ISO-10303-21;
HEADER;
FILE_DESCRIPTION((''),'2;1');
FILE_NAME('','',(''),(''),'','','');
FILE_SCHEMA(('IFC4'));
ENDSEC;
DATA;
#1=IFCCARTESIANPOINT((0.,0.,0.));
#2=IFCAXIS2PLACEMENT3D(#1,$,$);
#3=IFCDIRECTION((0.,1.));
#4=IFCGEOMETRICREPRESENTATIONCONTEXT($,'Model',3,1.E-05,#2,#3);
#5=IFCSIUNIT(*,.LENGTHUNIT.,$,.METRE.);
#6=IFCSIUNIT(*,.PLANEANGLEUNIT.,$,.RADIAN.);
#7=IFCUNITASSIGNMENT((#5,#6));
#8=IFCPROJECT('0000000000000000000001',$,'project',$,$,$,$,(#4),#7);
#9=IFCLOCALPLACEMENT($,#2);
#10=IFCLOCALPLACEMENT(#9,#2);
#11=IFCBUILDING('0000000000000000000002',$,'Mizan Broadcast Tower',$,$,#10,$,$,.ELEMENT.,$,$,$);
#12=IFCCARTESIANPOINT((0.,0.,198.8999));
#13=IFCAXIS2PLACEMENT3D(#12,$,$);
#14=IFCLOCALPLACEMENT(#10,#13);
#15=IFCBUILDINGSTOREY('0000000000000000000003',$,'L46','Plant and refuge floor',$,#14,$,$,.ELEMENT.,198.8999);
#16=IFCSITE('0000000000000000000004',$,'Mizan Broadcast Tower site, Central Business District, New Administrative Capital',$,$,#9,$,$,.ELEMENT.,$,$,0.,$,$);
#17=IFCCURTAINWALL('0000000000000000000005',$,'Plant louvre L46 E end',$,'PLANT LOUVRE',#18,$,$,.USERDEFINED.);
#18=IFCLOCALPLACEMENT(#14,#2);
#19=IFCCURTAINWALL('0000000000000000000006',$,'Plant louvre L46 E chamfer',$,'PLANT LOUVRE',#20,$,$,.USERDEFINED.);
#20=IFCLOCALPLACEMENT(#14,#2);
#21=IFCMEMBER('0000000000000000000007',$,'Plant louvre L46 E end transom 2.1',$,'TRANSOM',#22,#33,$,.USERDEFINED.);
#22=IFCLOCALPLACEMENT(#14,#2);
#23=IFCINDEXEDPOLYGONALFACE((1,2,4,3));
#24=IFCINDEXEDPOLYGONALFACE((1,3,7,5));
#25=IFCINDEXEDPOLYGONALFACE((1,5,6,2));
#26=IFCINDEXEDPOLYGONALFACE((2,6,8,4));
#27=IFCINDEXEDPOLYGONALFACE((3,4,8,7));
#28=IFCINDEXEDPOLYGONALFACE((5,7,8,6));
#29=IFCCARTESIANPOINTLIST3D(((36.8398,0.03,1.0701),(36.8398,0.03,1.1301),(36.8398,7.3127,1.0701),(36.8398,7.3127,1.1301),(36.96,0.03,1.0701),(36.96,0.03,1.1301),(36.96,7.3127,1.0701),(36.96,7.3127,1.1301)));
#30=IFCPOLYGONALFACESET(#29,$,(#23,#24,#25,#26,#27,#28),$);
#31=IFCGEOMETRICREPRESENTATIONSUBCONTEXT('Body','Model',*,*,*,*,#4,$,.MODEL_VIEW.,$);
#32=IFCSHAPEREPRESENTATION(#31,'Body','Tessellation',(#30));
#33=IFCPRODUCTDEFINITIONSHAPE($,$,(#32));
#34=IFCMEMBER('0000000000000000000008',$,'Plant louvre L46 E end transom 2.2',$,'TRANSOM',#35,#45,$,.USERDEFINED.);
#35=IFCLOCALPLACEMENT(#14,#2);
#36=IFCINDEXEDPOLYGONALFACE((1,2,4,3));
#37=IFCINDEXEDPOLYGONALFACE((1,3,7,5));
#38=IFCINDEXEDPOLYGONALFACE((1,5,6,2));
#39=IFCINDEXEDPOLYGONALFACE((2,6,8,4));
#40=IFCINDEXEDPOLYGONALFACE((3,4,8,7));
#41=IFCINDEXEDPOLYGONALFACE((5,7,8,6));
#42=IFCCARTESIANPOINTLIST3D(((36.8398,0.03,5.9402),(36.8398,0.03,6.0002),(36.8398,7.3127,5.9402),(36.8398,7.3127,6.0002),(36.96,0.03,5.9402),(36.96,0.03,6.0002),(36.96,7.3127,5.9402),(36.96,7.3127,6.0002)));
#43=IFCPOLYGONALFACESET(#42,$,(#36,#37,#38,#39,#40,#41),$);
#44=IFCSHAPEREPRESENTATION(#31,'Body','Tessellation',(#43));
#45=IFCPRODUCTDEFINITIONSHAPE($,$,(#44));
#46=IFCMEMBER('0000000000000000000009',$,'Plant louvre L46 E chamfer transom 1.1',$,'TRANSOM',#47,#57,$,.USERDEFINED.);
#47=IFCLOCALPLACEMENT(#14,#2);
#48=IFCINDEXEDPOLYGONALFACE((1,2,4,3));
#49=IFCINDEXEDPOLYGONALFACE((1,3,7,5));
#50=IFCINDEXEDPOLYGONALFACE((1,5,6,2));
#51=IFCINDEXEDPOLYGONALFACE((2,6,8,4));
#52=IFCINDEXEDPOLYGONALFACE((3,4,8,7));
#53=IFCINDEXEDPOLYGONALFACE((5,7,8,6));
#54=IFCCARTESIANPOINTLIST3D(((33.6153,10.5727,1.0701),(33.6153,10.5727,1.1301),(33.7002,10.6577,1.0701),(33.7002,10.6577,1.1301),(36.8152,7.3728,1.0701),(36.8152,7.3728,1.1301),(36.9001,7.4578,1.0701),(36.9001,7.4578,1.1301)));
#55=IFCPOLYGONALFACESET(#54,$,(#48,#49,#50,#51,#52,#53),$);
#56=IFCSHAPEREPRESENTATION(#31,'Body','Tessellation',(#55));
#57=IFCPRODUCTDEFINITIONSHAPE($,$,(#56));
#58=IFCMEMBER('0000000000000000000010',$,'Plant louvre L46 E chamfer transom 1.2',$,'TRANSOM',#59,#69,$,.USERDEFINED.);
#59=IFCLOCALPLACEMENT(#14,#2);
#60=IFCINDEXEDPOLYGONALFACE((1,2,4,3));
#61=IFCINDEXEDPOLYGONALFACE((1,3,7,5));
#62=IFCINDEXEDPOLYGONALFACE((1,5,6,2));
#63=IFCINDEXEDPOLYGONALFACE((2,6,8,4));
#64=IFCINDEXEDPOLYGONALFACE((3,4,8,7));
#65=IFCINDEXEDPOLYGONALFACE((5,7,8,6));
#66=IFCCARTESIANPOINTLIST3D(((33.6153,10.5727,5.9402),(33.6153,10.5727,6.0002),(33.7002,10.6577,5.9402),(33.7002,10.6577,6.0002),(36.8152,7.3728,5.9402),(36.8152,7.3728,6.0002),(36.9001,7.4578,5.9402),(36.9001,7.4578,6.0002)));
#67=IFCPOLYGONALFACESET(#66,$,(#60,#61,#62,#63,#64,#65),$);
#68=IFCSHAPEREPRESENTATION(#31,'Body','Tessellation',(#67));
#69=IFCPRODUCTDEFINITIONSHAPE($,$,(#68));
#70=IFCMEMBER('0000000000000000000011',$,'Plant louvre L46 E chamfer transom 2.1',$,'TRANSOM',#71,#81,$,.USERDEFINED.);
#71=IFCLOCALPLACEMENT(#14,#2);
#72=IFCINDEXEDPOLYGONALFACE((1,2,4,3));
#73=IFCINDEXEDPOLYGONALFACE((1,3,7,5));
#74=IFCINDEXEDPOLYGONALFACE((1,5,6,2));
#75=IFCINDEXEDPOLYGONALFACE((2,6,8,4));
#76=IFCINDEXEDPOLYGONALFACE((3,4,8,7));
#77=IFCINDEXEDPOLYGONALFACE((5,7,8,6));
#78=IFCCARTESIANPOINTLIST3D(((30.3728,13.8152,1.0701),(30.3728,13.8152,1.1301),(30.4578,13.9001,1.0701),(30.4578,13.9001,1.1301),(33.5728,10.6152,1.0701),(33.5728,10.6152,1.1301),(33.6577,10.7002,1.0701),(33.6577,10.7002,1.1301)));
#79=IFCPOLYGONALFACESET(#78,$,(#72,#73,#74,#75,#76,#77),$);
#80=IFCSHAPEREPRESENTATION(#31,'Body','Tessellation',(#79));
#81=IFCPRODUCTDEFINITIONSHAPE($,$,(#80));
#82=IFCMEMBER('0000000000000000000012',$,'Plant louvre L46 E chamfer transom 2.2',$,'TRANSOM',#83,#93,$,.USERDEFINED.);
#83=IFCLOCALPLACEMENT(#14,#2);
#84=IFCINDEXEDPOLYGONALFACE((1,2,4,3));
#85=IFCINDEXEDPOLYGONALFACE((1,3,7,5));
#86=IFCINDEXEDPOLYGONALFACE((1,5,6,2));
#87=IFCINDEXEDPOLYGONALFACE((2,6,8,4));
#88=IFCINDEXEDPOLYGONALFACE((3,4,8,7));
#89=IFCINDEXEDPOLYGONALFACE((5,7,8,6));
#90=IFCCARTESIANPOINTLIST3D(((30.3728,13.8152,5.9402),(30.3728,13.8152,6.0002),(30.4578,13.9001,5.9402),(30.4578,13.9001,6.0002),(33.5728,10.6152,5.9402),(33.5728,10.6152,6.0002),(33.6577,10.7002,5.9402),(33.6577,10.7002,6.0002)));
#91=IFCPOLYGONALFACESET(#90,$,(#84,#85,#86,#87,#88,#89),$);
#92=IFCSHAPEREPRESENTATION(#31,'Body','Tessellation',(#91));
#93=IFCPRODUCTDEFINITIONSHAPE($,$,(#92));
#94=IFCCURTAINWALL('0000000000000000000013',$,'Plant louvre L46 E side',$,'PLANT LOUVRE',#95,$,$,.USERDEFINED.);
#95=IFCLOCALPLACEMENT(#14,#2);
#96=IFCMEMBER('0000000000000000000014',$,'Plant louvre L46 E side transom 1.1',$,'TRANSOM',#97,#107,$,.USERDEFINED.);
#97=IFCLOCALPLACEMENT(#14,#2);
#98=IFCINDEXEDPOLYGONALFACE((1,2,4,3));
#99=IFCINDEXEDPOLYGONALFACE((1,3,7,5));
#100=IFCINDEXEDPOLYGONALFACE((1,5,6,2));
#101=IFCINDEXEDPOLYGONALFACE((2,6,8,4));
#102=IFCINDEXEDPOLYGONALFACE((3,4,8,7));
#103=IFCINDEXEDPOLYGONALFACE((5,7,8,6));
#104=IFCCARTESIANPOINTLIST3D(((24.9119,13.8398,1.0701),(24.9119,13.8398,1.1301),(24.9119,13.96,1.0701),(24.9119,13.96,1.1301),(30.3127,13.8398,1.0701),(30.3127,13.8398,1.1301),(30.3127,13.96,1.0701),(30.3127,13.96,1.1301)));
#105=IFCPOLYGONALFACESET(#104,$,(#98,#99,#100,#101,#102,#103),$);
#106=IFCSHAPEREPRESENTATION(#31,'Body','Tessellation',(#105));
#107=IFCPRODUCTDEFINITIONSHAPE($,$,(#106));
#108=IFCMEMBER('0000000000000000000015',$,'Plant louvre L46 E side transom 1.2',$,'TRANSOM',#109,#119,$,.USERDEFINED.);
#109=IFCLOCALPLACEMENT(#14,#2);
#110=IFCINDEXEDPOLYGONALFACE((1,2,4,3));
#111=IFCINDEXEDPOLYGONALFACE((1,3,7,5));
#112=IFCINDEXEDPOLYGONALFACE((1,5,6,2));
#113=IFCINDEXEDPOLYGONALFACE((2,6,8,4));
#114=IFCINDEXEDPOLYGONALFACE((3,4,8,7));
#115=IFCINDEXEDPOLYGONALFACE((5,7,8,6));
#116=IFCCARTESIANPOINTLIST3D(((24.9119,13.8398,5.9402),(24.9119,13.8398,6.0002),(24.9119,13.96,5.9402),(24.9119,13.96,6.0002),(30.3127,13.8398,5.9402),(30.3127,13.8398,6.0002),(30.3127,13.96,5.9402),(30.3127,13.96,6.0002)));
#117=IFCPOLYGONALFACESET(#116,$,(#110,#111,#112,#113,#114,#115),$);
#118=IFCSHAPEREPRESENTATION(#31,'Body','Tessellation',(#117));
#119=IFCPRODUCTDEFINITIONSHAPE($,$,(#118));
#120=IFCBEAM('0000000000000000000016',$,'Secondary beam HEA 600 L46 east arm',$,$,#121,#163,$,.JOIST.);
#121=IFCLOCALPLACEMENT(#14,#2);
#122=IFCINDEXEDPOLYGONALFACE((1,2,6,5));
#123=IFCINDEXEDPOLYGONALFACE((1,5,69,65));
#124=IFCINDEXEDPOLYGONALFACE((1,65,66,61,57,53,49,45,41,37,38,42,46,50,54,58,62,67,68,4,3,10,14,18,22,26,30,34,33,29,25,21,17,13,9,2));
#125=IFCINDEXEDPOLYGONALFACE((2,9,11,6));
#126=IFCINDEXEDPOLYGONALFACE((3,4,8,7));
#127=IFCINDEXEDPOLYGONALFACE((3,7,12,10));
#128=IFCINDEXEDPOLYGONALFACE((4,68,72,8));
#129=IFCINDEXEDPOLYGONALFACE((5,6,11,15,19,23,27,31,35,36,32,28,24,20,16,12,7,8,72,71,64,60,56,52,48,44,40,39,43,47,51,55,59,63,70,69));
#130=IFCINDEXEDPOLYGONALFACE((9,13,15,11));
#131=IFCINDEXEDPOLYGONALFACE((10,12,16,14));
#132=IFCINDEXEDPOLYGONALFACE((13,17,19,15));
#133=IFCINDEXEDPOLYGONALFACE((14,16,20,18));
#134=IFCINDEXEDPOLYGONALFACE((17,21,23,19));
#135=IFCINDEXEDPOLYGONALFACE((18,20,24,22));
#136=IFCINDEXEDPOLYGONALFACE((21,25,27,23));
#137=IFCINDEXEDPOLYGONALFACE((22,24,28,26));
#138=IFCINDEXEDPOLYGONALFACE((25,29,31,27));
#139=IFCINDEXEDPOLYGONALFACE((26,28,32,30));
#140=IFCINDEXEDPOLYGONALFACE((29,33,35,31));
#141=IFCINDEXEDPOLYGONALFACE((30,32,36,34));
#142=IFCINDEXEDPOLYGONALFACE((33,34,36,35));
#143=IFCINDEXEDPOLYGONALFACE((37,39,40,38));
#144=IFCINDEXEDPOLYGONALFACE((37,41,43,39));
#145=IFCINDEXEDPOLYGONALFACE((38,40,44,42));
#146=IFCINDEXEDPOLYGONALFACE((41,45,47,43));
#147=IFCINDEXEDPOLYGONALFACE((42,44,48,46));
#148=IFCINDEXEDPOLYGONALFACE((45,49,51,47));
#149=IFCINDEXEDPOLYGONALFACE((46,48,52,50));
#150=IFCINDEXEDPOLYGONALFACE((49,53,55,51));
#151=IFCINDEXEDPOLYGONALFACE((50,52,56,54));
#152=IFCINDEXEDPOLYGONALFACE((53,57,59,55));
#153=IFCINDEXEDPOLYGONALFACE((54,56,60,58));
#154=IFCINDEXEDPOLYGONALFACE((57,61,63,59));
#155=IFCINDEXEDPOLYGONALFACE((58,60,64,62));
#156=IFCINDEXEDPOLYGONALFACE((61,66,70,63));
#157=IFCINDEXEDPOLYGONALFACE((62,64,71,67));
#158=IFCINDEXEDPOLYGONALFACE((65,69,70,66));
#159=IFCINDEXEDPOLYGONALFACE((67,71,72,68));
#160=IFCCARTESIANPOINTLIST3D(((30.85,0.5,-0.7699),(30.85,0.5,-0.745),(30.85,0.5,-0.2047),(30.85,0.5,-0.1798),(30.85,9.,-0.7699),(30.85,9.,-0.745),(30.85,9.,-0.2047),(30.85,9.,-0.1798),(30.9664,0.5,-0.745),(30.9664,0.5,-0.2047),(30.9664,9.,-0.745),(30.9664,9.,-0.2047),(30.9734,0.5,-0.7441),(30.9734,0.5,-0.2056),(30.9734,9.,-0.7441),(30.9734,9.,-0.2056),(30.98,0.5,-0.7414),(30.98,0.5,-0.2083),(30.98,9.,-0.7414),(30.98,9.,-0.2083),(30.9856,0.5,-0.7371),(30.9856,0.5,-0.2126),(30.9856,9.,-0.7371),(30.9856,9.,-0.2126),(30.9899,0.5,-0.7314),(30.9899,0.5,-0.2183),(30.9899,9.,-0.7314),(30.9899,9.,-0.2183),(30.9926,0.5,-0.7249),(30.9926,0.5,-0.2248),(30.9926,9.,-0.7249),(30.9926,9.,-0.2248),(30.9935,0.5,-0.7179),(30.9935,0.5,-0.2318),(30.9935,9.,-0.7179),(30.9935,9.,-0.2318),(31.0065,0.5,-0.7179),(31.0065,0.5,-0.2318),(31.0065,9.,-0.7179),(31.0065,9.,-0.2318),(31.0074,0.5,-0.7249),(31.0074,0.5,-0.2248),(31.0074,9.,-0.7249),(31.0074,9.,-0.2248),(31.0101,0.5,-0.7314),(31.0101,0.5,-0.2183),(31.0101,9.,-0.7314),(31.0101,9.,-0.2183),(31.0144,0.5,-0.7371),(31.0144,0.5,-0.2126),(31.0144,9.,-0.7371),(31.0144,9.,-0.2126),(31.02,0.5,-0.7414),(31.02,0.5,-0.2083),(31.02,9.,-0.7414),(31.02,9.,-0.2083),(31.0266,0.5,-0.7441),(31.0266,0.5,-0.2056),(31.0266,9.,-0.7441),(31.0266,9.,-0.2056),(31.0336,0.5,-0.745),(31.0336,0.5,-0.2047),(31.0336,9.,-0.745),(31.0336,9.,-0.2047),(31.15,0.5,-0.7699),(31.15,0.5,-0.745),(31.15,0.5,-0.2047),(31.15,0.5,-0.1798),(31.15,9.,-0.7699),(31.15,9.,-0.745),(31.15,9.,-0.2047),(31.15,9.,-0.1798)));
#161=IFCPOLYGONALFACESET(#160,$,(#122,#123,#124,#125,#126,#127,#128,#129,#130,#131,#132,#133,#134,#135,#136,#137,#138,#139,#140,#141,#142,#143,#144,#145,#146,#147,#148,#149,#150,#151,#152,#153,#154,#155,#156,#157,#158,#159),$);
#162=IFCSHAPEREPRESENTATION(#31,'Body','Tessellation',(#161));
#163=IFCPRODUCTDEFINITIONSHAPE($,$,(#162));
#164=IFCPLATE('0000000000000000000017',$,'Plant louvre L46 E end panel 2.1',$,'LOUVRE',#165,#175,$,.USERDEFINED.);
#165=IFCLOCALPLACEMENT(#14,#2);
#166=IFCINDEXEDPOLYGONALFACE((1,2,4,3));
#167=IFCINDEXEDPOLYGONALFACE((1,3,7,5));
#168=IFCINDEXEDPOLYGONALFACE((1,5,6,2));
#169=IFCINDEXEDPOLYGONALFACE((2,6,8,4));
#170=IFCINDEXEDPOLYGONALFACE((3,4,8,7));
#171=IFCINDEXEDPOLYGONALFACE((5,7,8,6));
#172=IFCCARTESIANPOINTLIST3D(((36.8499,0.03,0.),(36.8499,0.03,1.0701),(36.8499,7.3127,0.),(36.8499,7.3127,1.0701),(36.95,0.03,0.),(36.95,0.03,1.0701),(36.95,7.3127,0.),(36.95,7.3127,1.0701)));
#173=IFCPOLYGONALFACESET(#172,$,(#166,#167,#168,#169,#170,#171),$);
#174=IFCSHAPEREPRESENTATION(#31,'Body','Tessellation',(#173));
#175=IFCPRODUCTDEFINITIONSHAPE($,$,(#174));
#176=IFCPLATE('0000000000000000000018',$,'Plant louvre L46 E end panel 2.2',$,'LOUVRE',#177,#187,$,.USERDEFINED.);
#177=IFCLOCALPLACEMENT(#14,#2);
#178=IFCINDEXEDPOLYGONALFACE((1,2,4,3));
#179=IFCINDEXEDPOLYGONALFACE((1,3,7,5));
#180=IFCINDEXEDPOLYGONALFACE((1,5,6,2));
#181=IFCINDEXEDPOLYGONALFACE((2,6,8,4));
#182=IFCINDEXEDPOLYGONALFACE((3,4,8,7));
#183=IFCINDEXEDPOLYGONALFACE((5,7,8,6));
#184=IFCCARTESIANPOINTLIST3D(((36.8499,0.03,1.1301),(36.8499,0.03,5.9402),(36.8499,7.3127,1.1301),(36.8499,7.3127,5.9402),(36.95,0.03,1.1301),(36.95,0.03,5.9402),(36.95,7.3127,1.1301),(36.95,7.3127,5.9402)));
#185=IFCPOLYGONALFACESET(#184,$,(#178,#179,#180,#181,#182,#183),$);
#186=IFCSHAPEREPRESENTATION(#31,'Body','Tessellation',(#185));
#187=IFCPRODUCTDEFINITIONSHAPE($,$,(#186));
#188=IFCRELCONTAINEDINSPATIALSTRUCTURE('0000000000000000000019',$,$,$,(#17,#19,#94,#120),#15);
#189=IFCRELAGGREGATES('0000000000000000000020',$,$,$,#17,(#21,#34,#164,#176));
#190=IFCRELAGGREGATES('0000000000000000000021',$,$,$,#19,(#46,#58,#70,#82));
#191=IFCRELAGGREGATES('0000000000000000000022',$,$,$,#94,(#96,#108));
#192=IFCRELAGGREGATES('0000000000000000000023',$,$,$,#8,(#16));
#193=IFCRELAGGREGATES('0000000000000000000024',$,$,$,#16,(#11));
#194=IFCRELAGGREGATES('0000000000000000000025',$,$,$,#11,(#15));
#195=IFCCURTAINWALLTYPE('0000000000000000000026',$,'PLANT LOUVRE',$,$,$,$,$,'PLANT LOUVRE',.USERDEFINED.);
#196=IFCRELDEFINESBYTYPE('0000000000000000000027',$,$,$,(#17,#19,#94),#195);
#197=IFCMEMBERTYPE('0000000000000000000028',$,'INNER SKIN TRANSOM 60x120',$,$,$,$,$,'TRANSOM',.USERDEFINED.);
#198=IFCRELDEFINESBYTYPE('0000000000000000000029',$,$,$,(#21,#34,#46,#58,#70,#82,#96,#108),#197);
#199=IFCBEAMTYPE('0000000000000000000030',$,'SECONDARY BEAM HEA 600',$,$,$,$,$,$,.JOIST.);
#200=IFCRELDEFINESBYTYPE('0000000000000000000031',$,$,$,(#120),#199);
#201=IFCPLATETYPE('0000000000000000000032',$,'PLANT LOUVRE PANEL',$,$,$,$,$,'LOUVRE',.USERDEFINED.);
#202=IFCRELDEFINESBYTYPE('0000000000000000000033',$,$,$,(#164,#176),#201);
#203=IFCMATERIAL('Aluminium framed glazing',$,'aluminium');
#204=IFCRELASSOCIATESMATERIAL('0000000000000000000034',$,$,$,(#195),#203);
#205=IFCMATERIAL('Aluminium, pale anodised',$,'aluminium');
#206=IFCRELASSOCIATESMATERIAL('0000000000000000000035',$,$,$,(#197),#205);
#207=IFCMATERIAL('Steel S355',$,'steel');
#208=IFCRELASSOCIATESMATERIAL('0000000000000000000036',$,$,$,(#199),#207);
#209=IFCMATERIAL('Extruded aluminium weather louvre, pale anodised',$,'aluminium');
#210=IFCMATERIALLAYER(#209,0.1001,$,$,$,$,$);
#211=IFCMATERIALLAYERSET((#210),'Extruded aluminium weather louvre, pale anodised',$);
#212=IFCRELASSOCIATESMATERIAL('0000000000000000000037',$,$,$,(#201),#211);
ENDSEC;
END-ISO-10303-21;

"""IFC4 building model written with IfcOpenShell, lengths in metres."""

from ifc_helpers import new_model, si_unit, direction, frame, origin, origin_2d, place, context, subcontext, project, spatial, rectangle, i_section, extrude, material, layer, layer_set, material_profile, profile_set, type_object, element, aggregate, save


model = new_model("IFC4")

# Units and contexts
model_context = context("Model", 3, precision=1e-05, world=origin(), true_north=direction((0.0, 1.0)))
body_context = subcontext(model_context, "Body", "Model", "MODEL_VIEW")
ifc_project = project(units=[si_unit("LENGTHUNIT", "METRE"), si_unit("PLANEANGLEUNIT", "RADIAN")], contexts=[model_context])

# Site, building, storey
site_placement = place(None, origin())
site = spatial("IfcSite", under=ifc_project, at=site_placement, Name="Mizan Broadcast Tower site, Central Business District, New Administrative Capital", CompositionType="ELEMENT", RefElevation=0.0)
building_placement = place(site_placement, origin())
building = spatial("IfcBuilding", under=site, at=building_placement, Name="Mizan Broadcast Tower", CompositionType="ELEMENT")
storey_placement = place(building_placement, frame((0.0, 0.0, 198.8999)))
storey = spatial("IfcBuildingStorey", under=building, at=storey_placement, Name="L46", Description="Plant and refuge floor", CompositionType="ELEMENT", Elevation=198.8999)

# Curtain walls
ifc_material_1 = material(Name="Aluminium framed glazing", Category="aluminium")
curtain_wall_type = type_object("IfcCurtainWallType", Name="PLANT LOUVRE", ElementType="PLANT LOUVRE", PredefinedType="USERDEFINED", material=ifc_material_1)
curtain_wall_1_placement = place(storey_placement, origin())
curtain_wall_1 = element("IfcCurtainWall", 1, at=curtain_wall_1_placement, inside=storey, type_object=curtain_wall_type, Name="Plant louvre L46 E end", ObjectType="PLANT LOUVRE", PredefinedType="USERDEFINED")
curtain_wall_2_placement = place(storey_placement, origin())
curtain_wall_2 = element("IfcCurtainWall", 2, at=curtain_wall_2_placement, inside=storey, type_object=curtain_wall_type, Name="Plant louvre L46 E chamfer", ObjectType="PLANT LOUVRE", PredefinedType="USERDEFINED")

# Members
ifc_material_2 = material(Name="Aluminium, pale anodised", Category="aluminium")
ifc_material_profile_1 = material_profile(ifc_material_2, rectangle(XDim=0.1201, YDim=0.0601, at=origin_2d()), Name="TRANSOM 120x60")
ifc_profile_set_1 = profile_set([ifc_material_profile_1], Name="Aluminium, pale anodised")
member_type_1 = type_object("IfcMemberType", Name="INNER SKIN TRANSOM 60x120", ElementType="TRANSOM", PredefinedType="USERDEFINED", material=ifc_profile_set_1)
member_1_placement = place(storey_placement, frame((36.8999, 0.03, 1.1001), z_axis=(0.0, 1.0, 0.0), x_axis=(-1.0, 0.0, 0.0)))
member_1 = element("IfcMember", 3, at=member_1_placement, type_object=member_type_1, Name="Plant louvre L46 E end transom 2.1", ObjectType="TRANSOM", PredefinedType="USERDEFINED", context=body_context, shape_type="SweptSolid", body=[
    extrude(rectangle(XDim=0.1201, YDim=0.0601, at=origin_2d()), origin(), (0.0, 0.0, 1.0), 7.2827),
])
member_2_placement = place(storey_placement, frame((36.8999, 0.03, 5.9702), z_axis=(0.0, 1.0, 0.0), x_axis=(-1.0, 0.0, 0.0)))
member_2 = element("IfcMember", 4, at=member_2_placement, type_object=member_type_1, Name="Plant louvre L46 E end transom 2.2", ObjectType="TRANSOM", PredefinedType="USERDEFINED", context=body_context, shape_type="SweptSolid", body=[
    extrude(rectangle(XDim=0.1201, YDim=0.0601, at=origin_2d()), origin(), (0.0, 0.0, 1.0), 7.2827),
])
member_3_placement = place(storey_placement, frame((36.8577, 7.4153, 1.1001), z_axis=(-0.707107, 0.707107, 0.0), x_axis=(-0.707107, -0.707107, 0.0)))
member_3 = element("IfcMember", 5, at=member_3_placement, type_object=member_type_1, Name="Plant louvre L46 E chamfer transom 1.1", ObjectType="TRANSOM", PredefinedType="USERDEFINED", context=body_context, shape_type="SweptSolid", body=[
    extrude(rectangle(XDim=0.1201, YDim=0.0601, at=origin_2d()), origin(), (0.0, 0.0, 1.0), 4.5254),
])
member_4_placement = place(storey_placement, frame((36.8577, 7.4153, 5.9702), z_axis=(-0.707107, 0.707107, 0.0), x_axis=(-0.707107, -0.707107, 0.0)))
member_4 = element("IfcMember", 6, at=member_4_placement, type_object=member_type_1, Name="Plant louvre L46 E chamfer transom 1.2", ObjectType="TRANSOM", PredefinedType="USERDEFINED", context=body_context, shape_type="SweptSolid", body=[
    extrude(rectangle(XDim=0.1201, YDim=0.0601, at=origin_2d()), origin(), (0.0, 0.0, 1.0), 4.5254),
])
member_5_placement = place(storey_placement, frame((33.6152, 10.6577, 1.1001), z_axis=(-0.707107, 0.707107, 0.0), x_axis=(-0.707107, -0.707107, 0.0)))
member_5 = element("IfcMember", 7, at=member_5_placement, type_object=member_type_1, Name="Plant louvre L46 E chamfer transom 2.1", ObjectType="TRANSOM", PredefinedType="USERDEFINED", context=body_context, shape_type="SweptSolid", body=[
    extrude(rectangle(XDim=0.1201, YDim=0.0601, at=origin_2d()), origin(), (0.0, 0.0, 1.0), 4.5254),
])
member_6_placement = place(storey_placement, frame((33.6152, 10.6577, 5.9702), z_axis=(-0.707107, 0.707107, 0.0), x_axis=(-0.707107, -0.707107, 0.0)))
member_6 = element("IfcMember", 8, at=member_6_placement, type_object=member_type_1, Name="Plant louvre L46 E chamfer transom 2.2", ObjectType="TRANSOM", PredefinedType="USERDEFINED", context=body_context, shape_type="SweptSolid", body=[
    extrude(rectangle(XDim=0.1201, YDim=0.0601, at=origin_2d()), origin(), (0.0, 0.0, 1.0), 4.5254),
])

# Curtain wall, members
curtain_wall_3_placement = place(storey_placement, origin())
curtain_wall_3 = element("IfcCurtainWall", 9, at=curtain_wall_3_placement, inside=storey, type_object=curtain_wall_type, Name="Plant louvre L46 E side", ObjectType="PLANT LOUVRE", PredefinedType="USERDEFINED")
member_7_placement = place(storey_placement, frame((30.3127, 13.8999, 1.1001), z_axis=(-1.0, 0.0, 0.0), x_axis=(0.0, -1.0, 0.0)))
member_7 = element("IfcMember", 10, at=member_7_placement, type_object=member_type_1, Name="Plant louvre L46 E side transom 1.1", ObjectType="TRANSOM", PredefinedType="USERDEFINED", context=body_context, shape_type="SweptSolid", body=[
    extrude(rectangle(XDim=0.1201, YDim=0.0601, at=origin_2d()), origin(), (0.0, 0.0, 1.0), 5.4009),
])
member_8_placement = place(storey_placement, frame((30.3127, 13.8999, 5.9702), z_axis=(-1.0, 0.0, 0.0), x_axis=(0.0, -1.0, 0.0)))
member_8 = element("IfcMember", 11, at=member_8_placement, type_object=member_type_1, Name="Plant louvre L46 E side transom 1.2", ObjectType="TRANSOM", PredefinedType="USERDEFINED", context=body_context, shape_type="SweptSolid", body=[
    extrude(rectangle(XDim=0.1201, YDim=0.0601, at=origin_2d()), origin(), (0.0, 0.0, 1.0), 5.4009),
])

# Beam
ifc_material_3 = material(Name="Steel S355", Category="steel")
ifc_material_profile_2 = material_profile(ifc_material_3, i_section(OverallWidth=0.3, OverallDepth=0.5901, WebThickness=0.0129, FlangeThickness=0.0249, FilletRadius=0.0271, at=origin_2d()), Name="HEA 600")
ifc_profile_set_2 = profile_set([ifc_material_profile_2], Name="Steel S355")
beam_type_1 = type_object("IfcBeamType", Name="SECONDARY BEAM HEA 600", PredefinedType="JOIST", material=ifc_profile_set_2)
beam_1_placement = place(storey_placement, frame((31.0, 9.0, -0.4749), z_axis=(0.0, -1.0, 0.0), x_axis=(1.0, 0.0, 0.0)))
element("IfcBeam", 12, at=beam_1_placement, inside=storey, type_object=beam_type_1, Name="Secondary beam HEA 600 L46 east arm", PredefinedType="JOIST", context=body_context, shape_type="SweptSolid", body=[
    extrude(i_section(OverallWidth=0.3, OverallDepth=0.5901, WebThickness=0.0129, FlangeThickness=0.0249, FilletRadius=0.0271, at=origin_2d()), origin(), (0.0, 0.0, 1.0), 8.5),
])

# Plates
ifc_material_4 = material(Name="Extruded aluminium weather louvre, pale anodised", Category="aluminium")
ifc_layer = layer(ifc_material_4, 0.1001)
ifc_layer_set = layer_set([ifc_layer], Name="Extruded aluminium weather louvre, pale anodised")
plate_type = type_object("IfcPlateType", Name="PLANT LOUVRE PANEL", ElementType="LOUVRE", PredefinedType="USERDEFINED", material=ifc_layer_set)
plate_1_placement = place(storey_placement, frame((36.8999, 3.6714, 0.0), z_axis=(0.0, 0.0, 1.0), x_axis=(0.0, 1.0, 0.0)))
plate_1 = element("IfcPlate", 13, at=plate_1_placement, type_object=plate_type, Name="Plant louvre L46 E end panel 2.1", ObjectType="LOUVRE", PredefinedType="USERDEFINED", context=body_context, shape_type="SweptSolid", body=[
    extrude(rectangle(XDim=7.2827, YDim=0.1001, at=origin_2d()), origin(), (0.0, 0.0, 1.0), 1.0701),
])
plate_2_placement = place(storey_placement, frame((36.8999, 3.6714, 1.1301), z_axis=(0.0, 0.0, 1.0), x_axis=(0.0, 1.0, 0.0)))
plate_2 = element("IfcPlate", 14, at=plate_2_placement, type_object=plate_type, Name="Plant louvre L46 E end panel 2.2", ObjectType="LOUVRE", PredefinedType="USERDEFINED", context=body_context, shape_type="SweptSolid", body=[
    extrude(rectangle(XDim=7.2827, YDim=0.1001, at=origin_2d()), origin(), (0.0, 0.0, 1.0), 4.8101),
])
aggregate(curtain_wall_1, [member_1, member_2, plate_1, plate_2])
aggregate(curtain_wall_2, [member_3, member_4, member_5, member_6])
aggregate(curtain_wall_3, [member_7, member_8])

save(model, "model.ifc")
